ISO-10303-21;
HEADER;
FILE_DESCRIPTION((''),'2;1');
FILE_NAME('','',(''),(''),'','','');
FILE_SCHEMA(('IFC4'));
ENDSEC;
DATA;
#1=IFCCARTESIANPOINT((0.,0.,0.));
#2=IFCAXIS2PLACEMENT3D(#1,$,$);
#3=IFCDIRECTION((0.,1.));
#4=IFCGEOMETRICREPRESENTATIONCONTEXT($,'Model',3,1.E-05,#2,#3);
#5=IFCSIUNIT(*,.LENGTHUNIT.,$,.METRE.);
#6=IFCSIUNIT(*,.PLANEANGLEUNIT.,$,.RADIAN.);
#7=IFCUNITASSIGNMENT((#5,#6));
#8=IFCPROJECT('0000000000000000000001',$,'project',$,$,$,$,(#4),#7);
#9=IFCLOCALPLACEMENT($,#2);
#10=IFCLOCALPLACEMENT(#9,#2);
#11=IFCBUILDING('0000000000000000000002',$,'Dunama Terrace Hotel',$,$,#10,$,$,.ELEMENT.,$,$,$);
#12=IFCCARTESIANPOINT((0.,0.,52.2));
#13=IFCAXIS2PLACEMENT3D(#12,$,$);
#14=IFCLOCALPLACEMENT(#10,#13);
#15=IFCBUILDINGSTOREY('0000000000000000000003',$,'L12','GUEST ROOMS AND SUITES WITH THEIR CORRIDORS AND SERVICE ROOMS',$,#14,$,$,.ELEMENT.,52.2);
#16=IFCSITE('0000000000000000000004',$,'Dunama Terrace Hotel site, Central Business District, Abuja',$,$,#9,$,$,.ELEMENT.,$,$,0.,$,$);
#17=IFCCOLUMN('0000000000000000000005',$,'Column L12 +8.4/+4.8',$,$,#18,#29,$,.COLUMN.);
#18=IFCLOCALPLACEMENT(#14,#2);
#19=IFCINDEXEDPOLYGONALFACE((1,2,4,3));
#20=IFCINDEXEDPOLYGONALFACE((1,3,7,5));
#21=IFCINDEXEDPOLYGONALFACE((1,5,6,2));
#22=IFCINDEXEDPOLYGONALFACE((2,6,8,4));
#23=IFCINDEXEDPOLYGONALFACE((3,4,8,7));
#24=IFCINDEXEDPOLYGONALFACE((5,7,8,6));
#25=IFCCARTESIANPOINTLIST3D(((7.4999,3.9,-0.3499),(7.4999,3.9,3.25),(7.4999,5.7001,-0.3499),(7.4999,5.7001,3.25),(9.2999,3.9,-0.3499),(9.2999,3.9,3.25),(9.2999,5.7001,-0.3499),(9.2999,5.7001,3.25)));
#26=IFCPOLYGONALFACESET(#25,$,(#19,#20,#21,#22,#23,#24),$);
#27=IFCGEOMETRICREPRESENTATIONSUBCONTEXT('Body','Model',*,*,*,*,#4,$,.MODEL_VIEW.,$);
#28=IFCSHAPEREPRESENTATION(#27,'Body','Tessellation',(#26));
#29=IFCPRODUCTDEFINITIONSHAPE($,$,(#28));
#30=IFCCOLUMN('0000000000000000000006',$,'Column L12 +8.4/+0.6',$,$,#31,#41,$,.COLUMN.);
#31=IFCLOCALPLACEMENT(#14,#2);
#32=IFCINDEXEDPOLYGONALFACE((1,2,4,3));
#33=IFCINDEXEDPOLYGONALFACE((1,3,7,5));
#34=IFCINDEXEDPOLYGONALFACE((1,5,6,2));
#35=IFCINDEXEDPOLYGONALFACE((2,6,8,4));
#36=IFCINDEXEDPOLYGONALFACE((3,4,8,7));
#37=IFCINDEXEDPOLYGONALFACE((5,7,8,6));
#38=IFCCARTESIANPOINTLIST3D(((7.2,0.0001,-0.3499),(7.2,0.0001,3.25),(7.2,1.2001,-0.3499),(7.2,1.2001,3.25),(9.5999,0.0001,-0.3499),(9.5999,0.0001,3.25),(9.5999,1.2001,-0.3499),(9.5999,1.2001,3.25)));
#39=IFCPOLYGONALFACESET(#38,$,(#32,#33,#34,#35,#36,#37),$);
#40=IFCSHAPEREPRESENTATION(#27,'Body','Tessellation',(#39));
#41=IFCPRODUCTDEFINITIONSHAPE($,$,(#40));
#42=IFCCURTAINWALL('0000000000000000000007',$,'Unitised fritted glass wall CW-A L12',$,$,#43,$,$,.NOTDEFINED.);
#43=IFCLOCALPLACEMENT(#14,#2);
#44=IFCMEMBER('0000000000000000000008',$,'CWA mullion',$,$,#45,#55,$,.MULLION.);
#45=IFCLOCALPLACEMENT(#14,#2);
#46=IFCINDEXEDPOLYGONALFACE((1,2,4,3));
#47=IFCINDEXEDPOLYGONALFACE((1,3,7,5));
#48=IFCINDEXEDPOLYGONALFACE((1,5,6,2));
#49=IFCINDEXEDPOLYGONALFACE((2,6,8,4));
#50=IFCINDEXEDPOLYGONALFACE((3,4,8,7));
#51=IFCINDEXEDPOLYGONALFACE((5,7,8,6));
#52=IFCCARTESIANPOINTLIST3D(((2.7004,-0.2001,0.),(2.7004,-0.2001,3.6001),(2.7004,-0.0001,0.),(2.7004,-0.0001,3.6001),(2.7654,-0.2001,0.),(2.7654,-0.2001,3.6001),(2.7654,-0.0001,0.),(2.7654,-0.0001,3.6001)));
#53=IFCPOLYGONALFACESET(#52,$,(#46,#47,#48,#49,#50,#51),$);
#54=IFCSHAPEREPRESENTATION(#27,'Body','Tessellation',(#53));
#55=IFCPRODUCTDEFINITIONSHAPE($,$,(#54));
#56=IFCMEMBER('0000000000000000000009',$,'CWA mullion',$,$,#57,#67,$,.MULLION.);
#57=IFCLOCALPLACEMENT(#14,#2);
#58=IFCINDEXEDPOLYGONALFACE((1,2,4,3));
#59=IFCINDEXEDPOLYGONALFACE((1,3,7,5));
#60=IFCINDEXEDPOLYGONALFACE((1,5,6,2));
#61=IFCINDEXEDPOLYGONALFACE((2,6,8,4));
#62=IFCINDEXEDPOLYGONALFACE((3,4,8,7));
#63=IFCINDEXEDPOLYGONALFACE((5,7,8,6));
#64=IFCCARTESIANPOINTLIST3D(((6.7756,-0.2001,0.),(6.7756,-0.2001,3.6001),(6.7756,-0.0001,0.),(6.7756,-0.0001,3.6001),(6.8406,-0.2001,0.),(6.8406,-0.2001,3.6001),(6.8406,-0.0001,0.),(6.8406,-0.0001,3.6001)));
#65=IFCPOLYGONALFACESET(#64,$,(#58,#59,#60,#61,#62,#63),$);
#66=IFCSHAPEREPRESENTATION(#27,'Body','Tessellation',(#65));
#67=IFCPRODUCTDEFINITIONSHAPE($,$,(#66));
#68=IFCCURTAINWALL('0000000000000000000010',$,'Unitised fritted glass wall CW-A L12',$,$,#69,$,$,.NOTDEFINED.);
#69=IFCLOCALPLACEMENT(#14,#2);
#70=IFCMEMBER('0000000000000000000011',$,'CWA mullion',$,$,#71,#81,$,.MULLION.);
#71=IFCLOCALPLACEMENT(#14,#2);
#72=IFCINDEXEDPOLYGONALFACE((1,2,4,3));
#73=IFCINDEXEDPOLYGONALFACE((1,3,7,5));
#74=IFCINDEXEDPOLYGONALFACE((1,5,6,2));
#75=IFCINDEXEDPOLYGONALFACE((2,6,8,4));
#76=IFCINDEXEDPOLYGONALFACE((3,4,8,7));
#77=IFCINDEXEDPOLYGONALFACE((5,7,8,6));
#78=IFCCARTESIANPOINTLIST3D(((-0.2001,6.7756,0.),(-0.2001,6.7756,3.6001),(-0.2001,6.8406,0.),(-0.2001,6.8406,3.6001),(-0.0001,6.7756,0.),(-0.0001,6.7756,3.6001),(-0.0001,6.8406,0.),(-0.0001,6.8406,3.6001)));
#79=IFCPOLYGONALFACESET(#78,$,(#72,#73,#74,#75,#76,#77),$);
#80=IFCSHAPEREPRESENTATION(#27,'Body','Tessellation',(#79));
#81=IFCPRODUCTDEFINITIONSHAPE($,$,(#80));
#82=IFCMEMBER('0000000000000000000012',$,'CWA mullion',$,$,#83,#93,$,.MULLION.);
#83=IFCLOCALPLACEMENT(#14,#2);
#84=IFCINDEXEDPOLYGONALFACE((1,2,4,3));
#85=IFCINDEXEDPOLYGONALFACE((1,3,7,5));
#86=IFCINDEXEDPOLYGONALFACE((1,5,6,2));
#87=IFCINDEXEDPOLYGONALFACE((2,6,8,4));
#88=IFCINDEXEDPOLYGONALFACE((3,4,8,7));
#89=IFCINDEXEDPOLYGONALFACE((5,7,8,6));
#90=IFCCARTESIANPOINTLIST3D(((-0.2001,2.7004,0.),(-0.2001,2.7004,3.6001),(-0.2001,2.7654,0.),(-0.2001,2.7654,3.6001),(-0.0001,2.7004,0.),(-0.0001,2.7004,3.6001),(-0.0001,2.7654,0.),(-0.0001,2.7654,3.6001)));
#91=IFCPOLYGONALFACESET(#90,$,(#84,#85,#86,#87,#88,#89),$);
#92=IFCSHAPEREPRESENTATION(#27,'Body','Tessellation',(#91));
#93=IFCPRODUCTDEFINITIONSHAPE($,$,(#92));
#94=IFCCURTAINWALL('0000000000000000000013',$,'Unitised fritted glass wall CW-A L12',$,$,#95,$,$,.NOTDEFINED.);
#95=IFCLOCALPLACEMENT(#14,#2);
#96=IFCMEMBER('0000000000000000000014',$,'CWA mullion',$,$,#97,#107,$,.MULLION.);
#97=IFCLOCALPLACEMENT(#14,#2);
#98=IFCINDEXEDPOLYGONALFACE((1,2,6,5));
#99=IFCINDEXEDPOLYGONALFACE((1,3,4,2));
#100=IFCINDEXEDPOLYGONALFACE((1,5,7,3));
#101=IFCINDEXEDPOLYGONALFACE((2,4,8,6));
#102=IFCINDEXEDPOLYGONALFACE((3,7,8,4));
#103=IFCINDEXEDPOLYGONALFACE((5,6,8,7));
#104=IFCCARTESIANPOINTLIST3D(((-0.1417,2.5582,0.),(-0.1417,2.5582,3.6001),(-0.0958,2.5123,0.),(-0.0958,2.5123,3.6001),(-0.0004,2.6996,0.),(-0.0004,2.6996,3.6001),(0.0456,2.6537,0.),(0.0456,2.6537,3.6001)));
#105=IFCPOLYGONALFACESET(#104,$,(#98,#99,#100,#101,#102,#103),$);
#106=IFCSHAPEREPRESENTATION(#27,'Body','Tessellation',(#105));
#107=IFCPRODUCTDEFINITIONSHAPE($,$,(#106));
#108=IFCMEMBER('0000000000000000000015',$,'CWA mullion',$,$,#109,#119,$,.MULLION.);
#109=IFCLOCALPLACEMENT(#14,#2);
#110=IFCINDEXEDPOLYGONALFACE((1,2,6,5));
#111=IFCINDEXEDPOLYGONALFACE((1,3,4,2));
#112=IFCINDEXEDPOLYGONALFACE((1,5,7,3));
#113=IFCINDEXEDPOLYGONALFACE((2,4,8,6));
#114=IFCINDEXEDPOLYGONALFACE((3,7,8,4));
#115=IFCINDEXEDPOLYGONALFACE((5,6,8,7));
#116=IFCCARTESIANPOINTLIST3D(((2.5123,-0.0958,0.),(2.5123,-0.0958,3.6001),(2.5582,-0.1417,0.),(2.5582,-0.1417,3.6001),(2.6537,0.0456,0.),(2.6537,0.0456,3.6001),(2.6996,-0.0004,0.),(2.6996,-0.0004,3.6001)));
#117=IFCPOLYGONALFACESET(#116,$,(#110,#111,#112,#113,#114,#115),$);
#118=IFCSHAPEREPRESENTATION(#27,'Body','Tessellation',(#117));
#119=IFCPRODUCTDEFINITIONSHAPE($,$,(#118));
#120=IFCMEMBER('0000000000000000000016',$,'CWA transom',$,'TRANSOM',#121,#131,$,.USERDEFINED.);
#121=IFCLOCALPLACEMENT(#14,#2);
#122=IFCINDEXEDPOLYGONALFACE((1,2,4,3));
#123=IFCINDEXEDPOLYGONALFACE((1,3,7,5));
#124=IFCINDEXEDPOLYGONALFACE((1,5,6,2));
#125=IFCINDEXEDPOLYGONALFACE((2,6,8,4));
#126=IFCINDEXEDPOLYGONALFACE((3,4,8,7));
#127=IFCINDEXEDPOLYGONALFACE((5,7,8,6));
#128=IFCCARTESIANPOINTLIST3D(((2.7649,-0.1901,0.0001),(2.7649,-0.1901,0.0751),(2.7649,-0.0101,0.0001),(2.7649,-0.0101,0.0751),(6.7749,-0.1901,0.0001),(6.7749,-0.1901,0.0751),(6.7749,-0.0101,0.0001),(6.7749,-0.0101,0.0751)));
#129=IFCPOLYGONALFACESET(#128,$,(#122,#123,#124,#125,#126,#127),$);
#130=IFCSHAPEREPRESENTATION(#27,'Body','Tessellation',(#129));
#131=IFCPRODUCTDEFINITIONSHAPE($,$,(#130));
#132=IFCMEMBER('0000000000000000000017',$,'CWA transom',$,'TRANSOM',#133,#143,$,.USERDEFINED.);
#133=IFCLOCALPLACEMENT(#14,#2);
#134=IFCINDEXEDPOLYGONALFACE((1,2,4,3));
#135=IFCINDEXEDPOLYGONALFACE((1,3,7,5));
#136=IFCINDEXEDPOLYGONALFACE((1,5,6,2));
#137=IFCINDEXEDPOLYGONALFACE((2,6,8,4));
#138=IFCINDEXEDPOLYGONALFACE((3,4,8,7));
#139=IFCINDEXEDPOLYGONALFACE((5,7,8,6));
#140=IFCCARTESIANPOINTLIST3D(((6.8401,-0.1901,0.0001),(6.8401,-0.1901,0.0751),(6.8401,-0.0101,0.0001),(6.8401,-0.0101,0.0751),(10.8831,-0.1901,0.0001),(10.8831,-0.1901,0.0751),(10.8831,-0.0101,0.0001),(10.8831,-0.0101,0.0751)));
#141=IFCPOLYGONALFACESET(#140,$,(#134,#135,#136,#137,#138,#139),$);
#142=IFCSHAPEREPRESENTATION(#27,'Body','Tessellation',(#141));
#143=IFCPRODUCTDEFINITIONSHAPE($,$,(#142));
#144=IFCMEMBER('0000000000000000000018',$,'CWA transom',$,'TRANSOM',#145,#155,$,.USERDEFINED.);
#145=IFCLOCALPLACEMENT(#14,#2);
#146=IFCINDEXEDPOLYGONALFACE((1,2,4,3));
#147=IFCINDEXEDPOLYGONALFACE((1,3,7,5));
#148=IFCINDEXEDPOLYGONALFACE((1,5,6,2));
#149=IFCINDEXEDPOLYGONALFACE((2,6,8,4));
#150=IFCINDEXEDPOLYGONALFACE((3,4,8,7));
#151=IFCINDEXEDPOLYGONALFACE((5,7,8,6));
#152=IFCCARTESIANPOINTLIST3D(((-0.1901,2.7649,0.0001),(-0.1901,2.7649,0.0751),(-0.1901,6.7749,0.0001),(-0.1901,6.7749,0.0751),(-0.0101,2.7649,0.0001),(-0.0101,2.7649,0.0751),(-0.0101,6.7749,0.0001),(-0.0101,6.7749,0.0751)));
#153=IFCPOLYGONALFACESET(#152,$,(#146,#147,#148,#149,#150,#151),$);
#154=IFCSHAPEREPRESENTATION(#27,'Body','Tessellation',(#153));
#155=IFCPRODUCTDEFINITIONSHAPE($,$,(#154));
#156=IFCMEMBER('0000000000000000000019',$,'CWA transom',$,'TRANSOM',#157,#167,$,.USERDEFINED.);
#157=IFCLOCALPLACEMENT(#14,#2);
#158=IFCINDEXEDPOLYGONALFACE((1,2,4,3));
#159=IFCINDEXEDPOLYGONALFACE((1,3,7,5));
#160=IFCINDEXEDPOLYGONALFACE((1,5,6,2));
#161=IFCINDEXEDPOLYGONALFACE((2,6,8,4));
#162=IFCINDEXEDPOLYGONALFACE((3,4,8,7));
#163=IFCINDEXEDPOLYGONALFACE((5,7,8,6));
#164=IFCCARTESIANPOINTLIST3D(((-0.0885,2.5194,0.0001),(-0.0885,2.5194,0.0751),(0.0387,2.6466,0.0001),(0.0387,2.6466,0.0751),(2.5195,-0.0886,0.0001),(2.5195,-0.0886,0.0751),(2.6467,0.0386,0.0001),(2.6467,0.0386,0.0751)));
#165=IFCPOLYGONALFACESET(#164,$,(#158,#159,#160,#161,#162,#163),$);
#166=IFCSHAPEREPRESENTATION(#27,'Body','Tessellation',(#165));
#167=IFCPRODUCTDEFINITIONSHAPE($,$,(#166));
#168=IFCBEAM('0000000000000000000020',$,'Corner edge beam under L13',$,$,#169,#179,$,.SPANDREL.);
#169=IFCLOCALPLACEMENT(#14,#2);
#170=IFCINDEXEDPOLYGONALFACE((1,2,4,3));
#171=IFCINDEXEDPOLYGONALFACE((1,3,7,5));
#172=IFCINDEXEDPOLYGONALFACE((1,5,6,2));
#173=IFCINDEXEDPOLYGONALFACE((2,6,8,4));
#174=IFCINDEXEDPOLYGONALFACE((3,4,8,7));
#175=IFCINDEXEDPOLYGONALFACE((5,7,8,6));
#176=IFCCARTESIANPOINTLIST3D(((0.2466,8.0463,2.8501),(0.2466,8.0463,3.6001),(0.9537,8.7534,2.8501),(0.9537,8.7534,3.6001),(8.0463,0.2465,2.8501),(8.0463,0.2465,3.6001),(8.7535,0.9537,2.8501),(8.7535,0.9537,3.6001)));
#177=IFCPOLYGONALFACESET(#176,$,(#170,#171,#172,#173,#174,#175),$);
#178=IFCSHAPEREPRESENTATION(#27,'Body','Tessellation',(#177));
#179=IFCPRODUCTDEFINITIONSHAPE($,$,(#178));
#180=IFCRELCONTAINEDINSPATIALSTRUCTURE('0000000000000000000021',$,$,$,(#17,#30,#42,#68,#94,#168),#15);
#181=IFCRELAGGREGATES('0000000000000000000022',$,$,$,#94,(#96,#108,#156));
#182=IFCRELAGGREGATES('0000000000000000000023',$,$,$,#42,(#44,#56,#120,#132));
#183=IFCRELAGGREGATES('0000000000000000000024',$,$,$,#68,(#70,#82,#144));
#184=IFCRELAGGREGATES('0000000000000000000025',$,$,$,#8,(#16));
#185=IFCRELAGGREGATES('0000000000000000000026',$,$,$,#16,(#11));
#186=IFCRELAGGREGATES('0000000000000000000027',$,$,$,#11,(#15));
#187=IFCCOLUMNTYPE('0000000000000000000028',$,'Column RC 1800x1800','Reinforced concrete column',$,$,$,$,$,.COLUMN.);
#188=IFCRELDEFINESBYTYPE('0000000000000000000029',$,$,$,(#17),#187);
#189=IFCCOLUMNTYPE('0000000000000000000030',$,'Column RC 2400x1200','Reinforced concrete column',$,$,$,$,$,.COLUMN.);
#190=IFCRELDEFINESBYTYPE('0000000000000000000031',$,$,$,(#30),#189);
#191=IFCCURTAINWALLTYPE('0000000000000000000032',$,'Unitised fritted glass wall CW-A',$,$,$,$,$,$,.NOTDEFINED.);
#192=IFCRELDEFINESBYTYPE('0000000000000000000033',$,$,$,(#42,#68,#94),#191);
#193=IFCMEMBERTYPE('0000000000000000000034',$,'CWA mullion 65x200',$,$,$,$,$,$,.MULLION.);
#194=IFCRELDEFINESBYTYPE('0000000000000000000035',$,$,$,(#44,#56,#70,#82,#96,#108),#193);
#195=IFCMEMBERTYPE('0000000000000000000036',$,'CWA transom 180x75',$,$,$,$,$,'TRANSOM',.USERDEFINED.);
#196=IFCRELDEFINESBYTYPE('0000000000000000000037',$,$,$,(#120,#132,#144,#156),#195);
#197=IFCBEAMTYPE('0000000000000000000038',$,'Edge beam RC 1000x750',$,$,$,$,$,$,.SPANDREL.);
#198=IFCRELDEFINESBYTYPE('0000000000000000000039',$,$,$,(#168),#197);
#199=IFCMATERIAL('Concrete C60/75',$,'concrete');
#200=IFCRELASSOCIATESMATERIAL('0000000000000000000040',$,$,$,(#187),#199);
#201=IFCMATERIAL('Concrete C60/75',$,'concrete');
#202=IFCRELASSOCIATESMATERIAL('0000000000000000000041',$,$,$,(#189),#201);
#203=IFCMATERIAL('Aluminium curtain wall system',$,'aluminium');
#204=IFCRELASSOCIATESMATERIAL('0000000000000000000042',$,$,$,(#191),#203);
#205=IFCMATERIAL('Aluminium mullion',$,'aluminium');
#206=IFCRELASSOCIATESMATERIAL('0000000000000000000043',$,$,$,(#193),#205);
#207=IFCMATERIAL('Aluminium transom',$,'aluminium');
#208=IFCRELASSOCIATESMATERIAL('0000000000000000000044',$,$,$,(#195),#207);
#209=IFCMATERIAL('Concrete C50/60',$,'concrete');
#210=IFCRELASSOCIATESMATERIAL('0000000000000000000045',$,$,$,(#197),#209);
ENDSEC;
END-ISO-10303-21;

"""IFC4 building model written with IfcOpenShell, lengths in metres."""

from ifc_helpers import new_model, si_unit, direction, frame, origin, origin_2d, place, context, subcontext, project, spatial, rectangle, extrude, material, material_profile, profile_set, type_object, element, aggregate, save


model = new_model("IFC4")

# Units and contexts
model_context = context("Model", 3, precision=1e-05, world=origin(), true_north=direction((0.0, 1.0)))
body_context = subcontext(model_context, "Body", "Model", "MODEL_VIEW")
ifc_project = project(units=[si_unit("LENGTHUNIT", "METRE"), si_unit("PLANEANGLEUNIT", "RADIAN")], contexts=[model_context])

# Site, building, storey
site_placement = place(None, origin())
site = spatial("IfcSite", under=ifc_project, at=site_placement, Name="Dunama Terrace Hotel site, Central Business District, Abuja", CompositionType="ELEMENT", RefElevation=0.0)
building_placement = place(site_placement, origin())
building = spatial("IfcBuilding", under=site, at=building_placement, Name="Dunama Terrace Hotel", CompositionType="ELEMENT")
storey_placement = place(building_placement, frame((0.0, 0.0, 52.2)))
storey = spatial("IfcBuildingStorey", under=building, at=storey_placement, Name="L12", Description="GUEST ROOMS AND SUITES WITH THEIR CORRIDORS AND SERVICE ROOMS", CompositionType="ELEMENT", Elevation=52.2)

# Columns
ifc_material_1 = material(Name="Concrete C60/75", Category="concrete")
ifc_material_profile_1 = material_profile(ifc_material_1, rectangle(XDim=1.8, YDim=1.8, at=origin_2d()), Name="RC 1800x1800")
ifc_profile_set_1 = profile_set([ifc_material_profile_1], Name="Concrete C60/75")
column_type_1 = type_object("IfcColumnType", Name="Column RC 1800x1800", Description="Reinforced concrete column", PredefinedType="COLUMN", material=ifc_profile_set_1)
column_1_placement = place(storey_placement, frame((8.3999, 4.8, -0.3499), z_axis=(0.0, 0.0, 1.0), x_axis=(1.0, 0.0, 0.0)))
element("IfcColumn", 1, at=column_1_placement, inside=storey, type_object=column_type_1, Name="Column L12 +8.4/+4.8", PredefinedType="COLUMN", context=body_context, shape_type="SweptSolid", body=[
    extrude(rectangle(XDim=1.8, YDim=1.8, at=origin_2d()), origin(), (0.0, 0.0, 1.0), 3.5999),
])
ifc_material_2 = material(Name="Concrete C60/75", Category="concrete")
ifc_material_profile_2 = material_profile(ifc_material_2, rectangle(XDim=2.3999, YDim=1.2, at=origin_2d()), Name="RC 2400x1200")
ifc_profile_set_2 = profile_set([ifc_material_profile_2], Name="Concrete C60/75")
column_type_2 = type_object("IfcColumnType", Name="Column RC 2400x1200", Description="Reinforced concrete column", PredefinedType="COLUMN", material=ifc_profile_set_2)
column_2_placement = place(storey_placement, frame((8.3999, 0.6001, -0.3499), z_axis=(0.0, 0.0, 1.0), x_axis=(1.0, 0.0, 0.0)))
element("IfcColumn", 2, at=column_2_placement, inside=storey, type_object=column_type_2, Name="Column L12 +8.4/+0.6", PredefinedType="COLUMN", context=body_context, shape_type="SweptSolid", body=[
    extrude(rectangle(XDim=2.3999, YDim=1.2, at=origin_2d()), origin(), (0.0, 0.0, 1.0), 3.5999),
])

# Curtain walls, members
ifc_material_3 = material(Name="Aluminium curtain wall system", Category="aluminium")
curtain_wall_type = type_object("IfcCurtainWallType", Name="Unitised fritted glass wall CW-A", PredefinedType="NOTDEFINED", material=ifc_material_3)
curtain_wall_1_placement = place(storey_placement, origin())
curtain_wall_1 = element("IfcCurtainWall", 3, at=curtain_wall_1_placement, inside=storey, type_object=curtain_wall_type, Name="Unitised fritted glass wall CW-A L12", PredefinedType="NOTDEFINED")
ifc_material_4 = material(Name="Aluminium mullion", Category="aluminium")
ifc_material_profile_3 = material_profile(ifc_material_4, rectangle(XDim=0.0649, YDim=0.2, at=origin_2d()), Name="CWA MULLION 65X200")
ifc_profile_set_3 = profile_set([ifc_material_profile_3], Name="Aluminium mullion")
member_type_1 = type_object("IfcMemberType", Name="CWA mullion 65x200", PredefinedType="MULLION", material=ifc_profile_set_3)
member_1_placement = place(storey_placement, frame((2.7329, -0.1001, 0.0), z_axis=(0.0, 0.0, 1.0), x_axis=(1.0, 0.0, 0.0)))
member_1 = element("IfcMember", 4, at=member_1_placement, type_object=member_type_1, Name="CWA mullion", PredefinedType="MULLION", context=body_context, shape_type="SweptSolid", body=[
    extrude(rectangle(XDim=0.0649, YDim=0.2, at=origin_2d()), origin(), (0.0, 0.0, 1.0), 3.6001),
])
member_2_placement = place(storey_placement, frame((6.8081, -0.1001, 0.0), z_axis=(0.0, 0.0, 1.0), x_axis=(1.0, 0.0, 0.0)))
member_2 = element("IfcMember", 5, at=member_2_placement, type_object=member_type_1, Name="CWA mullion", PredefinedType="MULLION", context=body_context, shape_type="SweptSolid", body=[
    extrude(rectangle(XDim=0.0649, YDim=0.2, at=origin_2d()), origin(), (0.0, 0.0, 1.0), 3.6001),
])
curtain_wall_2_placement = place(storey_placement, origin())
curtain_wall_2 = element("IfcCurtainWall", 6, at=curtain_wall_2_placement, inside=storey, type_object=curtain_wall_type, Name="Unitised fritted glass wall CW-A L12", PredefinedType="NOTDEFINED")
member_3_placement = place(storey_placement, frame((-0.1001, 6.8081, 0.0), z_axis=(0.0, 0.0, 1.0), x_axis=(0.0, -1.0, 0.0)))
member_3 = element("IfcMember", 7, at=member_3_placement, type_object=member_type_1, Name="CWA mullion", PredefinedType="MULLION", context=body_context, shape_type="SweptSolid", body=[
    extrude(rectangle(XDim=0.0649, YDim=0.2, at=origin_2d()), origin(), (0.0, 0.0, 1.0), 3.6001),
])
member_4_placement = place(storey_placement, frame((-0.1001, 2.7329, 0.0), z_axis=(0.0, 0.0, 1.0), x_axis=(0.0, -1.0, 0.0)))
member_4 = element("IfcMember", 8, at=member_4_placement, type_object=member_type_1, Name="CWA mullion", PredefinedType="MULLION", context=body_context, shape_type="SweptSolid", body=[
    extrude(rectangle(XDim=0.0649, YDim=0.2, at=origin_2d()), origin(), (0.0, 0.0, 1.0), 3.6001),
])
curtain_wall_3_placement = place(storey_placement, origin())
curtain_wall_3 = element("IfcCurtainWall", 9, at=curtain_wall_3_placement, inside=storey, type_object=curtain_wall_type, Name="Unitised fritted glass wall CW-A L12", PredefinedType="NOTDEFINED")
member_5_placement = place(storey_placement, frame((-0.0481, 2.606, 0.0), z_axis=(0.0, 0.0, 1.0), x_axis=(0.707107, -0.707107, 0.0)))
member_5 = element("IfcMember", 10, at=member_5_placement, type_object=member_type_1, Name="CWA mullion", PredefinedType="MULLION", context=body_context, shape_type="SweptSolid", body=[
    extrude(rectangle(XDim=0.0649, YDim=0.2, at=origin_2d()), origin(), (0.0, 0.0, 1.0), 3.6001),
])
member_6_placement = place(storey_placement, frame((2.606, -0.0481, 0.0), z_axis=(0.0, 0.0, 1.0), x_axis=(0.707107, -0.707107, 0.0)))
member_6 = element("IfcMember", 11, at=member_6_placement, type_object=member_type_1, Name="CWA mullion", PredefinedType="MULLION", context=body_context, shape_type="SweptSolid", body=[
    extrude(rectangle(XDim=0.0649, YDim=0.2, at=origin_2d()), origin(), (0.0, 0.0, 1.0), 3.6001),
])

# Members
ifc_material_5 = material(Name="Aluminium transom", Category="aluminium")
ifc_material_profile_4 = material_profile(ifc_material_5, rectangle(XDim=0.1799, YDim=0.075, at=origin_2d()), Name="CWA TRANSOM 180X75")
ifc_profile_set_4 = profile_set([ifc_material_profile_4], Name="Aluminium transom")
member_type_2 = type_object("IfcMemberType", Name="CWA transom 180x75", ElementType="TRANSOM", PredefinedType="USERDEFINED", material=ifc_profile_set_4)
member_7_placement = place(storey_placement, frame((2.7649, -0.1001, 0.0376), z_axis=(1.0, 0.0, 0.0), x_axis=(0.0, 1.0, 0.0)))
member_7 = element("IfcMember", 12, at=member_7_placement, type_object=member_type_2, Name="CWA transom", ObjectType="TRANSOM", PredefinedType="USERDEFINED", context=body_context, shape_type="SweptSolid", body=[
    extrude(rectangle(XDim=0.1799, YDim=0.075, at=origin_2d()), origin(), (0.0, 0.0, 1.0), 4.01),
])
member_8_placement = place(storey_placement, frame((6.8401, -0.1001, 0.0376), z_axis=(1.0, 0.0, 0.0), x_axis=(0.0, 1.0, 0.0)))
member_8 = element("IfcMember", 13, at=member_8_placement, type_object=member_type_2, Name="CWA transom", ObjectType="TRANSOM", PredefinedType="USERDEFINED", context=body_context, shape_type="SweptSolid", body=[
    extrude(rectangle(XDim=0.1799, YDim=0.075, at=origin_2d()), origin(), (0.0, 0.0, 1.0), 4.043),
])
member_9_placement = place(storey_placement, frame((-0.1001, 6.7749, 0.0376), z_axis=(0.0, -1.0, 0.0), x_axis=(1.0, 0.0, 0.0)))
member_9 = element("IfcMember", 14, at=member_9_placement, type_object=member_type_2, Name="CWA transom", ObjectType="TRANSOM", PredefinedType="USERDEFINED", context=body_context, shape_type="SweptSolid", body=[
    extrude(rectangle(XDim=0.1799, YDim=0.075, at=origin_2d()), origin(), (0.0, 0.0, 1.0), 4.01),
])
member_10_placement = place(storey_placement, frame((-0.0249, 2.583, 0.0376), z_axis=(0.707107, -0.707107, 0.0), x_axis=(0.707107, 0.707107, 0.0)))
member_10 = element("IfcMember", 15, at=member_10_placement, type_object=member_type_2, Name="CWA transom", ObjectType="TRANSOM", PredefinedType="USERDEFINED", context=body_context, shape_type="SweptSolid", body=[
    extrude(rectangle(XDim=0.1799, YDim=0.075, at=origin_2d()), origin(), (0.0, 0.0, 1.0), 3.6882),
])

# Beam
ifc_material_6 = material(Name="Concrete C50/60", Category="concrete")
ifc_material_profile_5 = material_profile(ifc_material_6, rectangle(XDim=1.0, YDim=0.75, at=origin_2d()), Name="RC 1000x750")
ifc_profile_set_5 = profile_set([ifc_material_profile_5], Name="Concrete C50/60")
beam_type_1 = type_object("IfcBeamType", Name="Edge beam RC 1000x750", PredefinedType="SPANDREL", material=ifc_profile_set_5)
beam_1_placement = place(storey_placement, frame((8.3999, 0.6001, 3.2251), z_axis=(-0.707107, 0.707107, 0.0), x_axis=(-0.707107, -0.707107, 0.0)))
element("IfcBeam", 16, at=beam_1_placement, inside=storey, type_object=beam_type_1, Name="Corner edge beam under L13", PredefinedType="SPANDREL", context=body_context, shape_type="SweptSolid", body=[
    extrude(rectangle(XDim=1.0, YDim=0.75, at=origin_2d()), origin(), (0.0, 0.0, 1.0), 11.0305),
])

aggregate(curtain_wall_3, [member_5, member_6, member_10])
aggregate(curtain_wall_1, [member_1, member_2, member_7, member_8])
aggregate(curtain_wall_2, [member_3, member_4, member_9])

save(model, "model.ifc")
